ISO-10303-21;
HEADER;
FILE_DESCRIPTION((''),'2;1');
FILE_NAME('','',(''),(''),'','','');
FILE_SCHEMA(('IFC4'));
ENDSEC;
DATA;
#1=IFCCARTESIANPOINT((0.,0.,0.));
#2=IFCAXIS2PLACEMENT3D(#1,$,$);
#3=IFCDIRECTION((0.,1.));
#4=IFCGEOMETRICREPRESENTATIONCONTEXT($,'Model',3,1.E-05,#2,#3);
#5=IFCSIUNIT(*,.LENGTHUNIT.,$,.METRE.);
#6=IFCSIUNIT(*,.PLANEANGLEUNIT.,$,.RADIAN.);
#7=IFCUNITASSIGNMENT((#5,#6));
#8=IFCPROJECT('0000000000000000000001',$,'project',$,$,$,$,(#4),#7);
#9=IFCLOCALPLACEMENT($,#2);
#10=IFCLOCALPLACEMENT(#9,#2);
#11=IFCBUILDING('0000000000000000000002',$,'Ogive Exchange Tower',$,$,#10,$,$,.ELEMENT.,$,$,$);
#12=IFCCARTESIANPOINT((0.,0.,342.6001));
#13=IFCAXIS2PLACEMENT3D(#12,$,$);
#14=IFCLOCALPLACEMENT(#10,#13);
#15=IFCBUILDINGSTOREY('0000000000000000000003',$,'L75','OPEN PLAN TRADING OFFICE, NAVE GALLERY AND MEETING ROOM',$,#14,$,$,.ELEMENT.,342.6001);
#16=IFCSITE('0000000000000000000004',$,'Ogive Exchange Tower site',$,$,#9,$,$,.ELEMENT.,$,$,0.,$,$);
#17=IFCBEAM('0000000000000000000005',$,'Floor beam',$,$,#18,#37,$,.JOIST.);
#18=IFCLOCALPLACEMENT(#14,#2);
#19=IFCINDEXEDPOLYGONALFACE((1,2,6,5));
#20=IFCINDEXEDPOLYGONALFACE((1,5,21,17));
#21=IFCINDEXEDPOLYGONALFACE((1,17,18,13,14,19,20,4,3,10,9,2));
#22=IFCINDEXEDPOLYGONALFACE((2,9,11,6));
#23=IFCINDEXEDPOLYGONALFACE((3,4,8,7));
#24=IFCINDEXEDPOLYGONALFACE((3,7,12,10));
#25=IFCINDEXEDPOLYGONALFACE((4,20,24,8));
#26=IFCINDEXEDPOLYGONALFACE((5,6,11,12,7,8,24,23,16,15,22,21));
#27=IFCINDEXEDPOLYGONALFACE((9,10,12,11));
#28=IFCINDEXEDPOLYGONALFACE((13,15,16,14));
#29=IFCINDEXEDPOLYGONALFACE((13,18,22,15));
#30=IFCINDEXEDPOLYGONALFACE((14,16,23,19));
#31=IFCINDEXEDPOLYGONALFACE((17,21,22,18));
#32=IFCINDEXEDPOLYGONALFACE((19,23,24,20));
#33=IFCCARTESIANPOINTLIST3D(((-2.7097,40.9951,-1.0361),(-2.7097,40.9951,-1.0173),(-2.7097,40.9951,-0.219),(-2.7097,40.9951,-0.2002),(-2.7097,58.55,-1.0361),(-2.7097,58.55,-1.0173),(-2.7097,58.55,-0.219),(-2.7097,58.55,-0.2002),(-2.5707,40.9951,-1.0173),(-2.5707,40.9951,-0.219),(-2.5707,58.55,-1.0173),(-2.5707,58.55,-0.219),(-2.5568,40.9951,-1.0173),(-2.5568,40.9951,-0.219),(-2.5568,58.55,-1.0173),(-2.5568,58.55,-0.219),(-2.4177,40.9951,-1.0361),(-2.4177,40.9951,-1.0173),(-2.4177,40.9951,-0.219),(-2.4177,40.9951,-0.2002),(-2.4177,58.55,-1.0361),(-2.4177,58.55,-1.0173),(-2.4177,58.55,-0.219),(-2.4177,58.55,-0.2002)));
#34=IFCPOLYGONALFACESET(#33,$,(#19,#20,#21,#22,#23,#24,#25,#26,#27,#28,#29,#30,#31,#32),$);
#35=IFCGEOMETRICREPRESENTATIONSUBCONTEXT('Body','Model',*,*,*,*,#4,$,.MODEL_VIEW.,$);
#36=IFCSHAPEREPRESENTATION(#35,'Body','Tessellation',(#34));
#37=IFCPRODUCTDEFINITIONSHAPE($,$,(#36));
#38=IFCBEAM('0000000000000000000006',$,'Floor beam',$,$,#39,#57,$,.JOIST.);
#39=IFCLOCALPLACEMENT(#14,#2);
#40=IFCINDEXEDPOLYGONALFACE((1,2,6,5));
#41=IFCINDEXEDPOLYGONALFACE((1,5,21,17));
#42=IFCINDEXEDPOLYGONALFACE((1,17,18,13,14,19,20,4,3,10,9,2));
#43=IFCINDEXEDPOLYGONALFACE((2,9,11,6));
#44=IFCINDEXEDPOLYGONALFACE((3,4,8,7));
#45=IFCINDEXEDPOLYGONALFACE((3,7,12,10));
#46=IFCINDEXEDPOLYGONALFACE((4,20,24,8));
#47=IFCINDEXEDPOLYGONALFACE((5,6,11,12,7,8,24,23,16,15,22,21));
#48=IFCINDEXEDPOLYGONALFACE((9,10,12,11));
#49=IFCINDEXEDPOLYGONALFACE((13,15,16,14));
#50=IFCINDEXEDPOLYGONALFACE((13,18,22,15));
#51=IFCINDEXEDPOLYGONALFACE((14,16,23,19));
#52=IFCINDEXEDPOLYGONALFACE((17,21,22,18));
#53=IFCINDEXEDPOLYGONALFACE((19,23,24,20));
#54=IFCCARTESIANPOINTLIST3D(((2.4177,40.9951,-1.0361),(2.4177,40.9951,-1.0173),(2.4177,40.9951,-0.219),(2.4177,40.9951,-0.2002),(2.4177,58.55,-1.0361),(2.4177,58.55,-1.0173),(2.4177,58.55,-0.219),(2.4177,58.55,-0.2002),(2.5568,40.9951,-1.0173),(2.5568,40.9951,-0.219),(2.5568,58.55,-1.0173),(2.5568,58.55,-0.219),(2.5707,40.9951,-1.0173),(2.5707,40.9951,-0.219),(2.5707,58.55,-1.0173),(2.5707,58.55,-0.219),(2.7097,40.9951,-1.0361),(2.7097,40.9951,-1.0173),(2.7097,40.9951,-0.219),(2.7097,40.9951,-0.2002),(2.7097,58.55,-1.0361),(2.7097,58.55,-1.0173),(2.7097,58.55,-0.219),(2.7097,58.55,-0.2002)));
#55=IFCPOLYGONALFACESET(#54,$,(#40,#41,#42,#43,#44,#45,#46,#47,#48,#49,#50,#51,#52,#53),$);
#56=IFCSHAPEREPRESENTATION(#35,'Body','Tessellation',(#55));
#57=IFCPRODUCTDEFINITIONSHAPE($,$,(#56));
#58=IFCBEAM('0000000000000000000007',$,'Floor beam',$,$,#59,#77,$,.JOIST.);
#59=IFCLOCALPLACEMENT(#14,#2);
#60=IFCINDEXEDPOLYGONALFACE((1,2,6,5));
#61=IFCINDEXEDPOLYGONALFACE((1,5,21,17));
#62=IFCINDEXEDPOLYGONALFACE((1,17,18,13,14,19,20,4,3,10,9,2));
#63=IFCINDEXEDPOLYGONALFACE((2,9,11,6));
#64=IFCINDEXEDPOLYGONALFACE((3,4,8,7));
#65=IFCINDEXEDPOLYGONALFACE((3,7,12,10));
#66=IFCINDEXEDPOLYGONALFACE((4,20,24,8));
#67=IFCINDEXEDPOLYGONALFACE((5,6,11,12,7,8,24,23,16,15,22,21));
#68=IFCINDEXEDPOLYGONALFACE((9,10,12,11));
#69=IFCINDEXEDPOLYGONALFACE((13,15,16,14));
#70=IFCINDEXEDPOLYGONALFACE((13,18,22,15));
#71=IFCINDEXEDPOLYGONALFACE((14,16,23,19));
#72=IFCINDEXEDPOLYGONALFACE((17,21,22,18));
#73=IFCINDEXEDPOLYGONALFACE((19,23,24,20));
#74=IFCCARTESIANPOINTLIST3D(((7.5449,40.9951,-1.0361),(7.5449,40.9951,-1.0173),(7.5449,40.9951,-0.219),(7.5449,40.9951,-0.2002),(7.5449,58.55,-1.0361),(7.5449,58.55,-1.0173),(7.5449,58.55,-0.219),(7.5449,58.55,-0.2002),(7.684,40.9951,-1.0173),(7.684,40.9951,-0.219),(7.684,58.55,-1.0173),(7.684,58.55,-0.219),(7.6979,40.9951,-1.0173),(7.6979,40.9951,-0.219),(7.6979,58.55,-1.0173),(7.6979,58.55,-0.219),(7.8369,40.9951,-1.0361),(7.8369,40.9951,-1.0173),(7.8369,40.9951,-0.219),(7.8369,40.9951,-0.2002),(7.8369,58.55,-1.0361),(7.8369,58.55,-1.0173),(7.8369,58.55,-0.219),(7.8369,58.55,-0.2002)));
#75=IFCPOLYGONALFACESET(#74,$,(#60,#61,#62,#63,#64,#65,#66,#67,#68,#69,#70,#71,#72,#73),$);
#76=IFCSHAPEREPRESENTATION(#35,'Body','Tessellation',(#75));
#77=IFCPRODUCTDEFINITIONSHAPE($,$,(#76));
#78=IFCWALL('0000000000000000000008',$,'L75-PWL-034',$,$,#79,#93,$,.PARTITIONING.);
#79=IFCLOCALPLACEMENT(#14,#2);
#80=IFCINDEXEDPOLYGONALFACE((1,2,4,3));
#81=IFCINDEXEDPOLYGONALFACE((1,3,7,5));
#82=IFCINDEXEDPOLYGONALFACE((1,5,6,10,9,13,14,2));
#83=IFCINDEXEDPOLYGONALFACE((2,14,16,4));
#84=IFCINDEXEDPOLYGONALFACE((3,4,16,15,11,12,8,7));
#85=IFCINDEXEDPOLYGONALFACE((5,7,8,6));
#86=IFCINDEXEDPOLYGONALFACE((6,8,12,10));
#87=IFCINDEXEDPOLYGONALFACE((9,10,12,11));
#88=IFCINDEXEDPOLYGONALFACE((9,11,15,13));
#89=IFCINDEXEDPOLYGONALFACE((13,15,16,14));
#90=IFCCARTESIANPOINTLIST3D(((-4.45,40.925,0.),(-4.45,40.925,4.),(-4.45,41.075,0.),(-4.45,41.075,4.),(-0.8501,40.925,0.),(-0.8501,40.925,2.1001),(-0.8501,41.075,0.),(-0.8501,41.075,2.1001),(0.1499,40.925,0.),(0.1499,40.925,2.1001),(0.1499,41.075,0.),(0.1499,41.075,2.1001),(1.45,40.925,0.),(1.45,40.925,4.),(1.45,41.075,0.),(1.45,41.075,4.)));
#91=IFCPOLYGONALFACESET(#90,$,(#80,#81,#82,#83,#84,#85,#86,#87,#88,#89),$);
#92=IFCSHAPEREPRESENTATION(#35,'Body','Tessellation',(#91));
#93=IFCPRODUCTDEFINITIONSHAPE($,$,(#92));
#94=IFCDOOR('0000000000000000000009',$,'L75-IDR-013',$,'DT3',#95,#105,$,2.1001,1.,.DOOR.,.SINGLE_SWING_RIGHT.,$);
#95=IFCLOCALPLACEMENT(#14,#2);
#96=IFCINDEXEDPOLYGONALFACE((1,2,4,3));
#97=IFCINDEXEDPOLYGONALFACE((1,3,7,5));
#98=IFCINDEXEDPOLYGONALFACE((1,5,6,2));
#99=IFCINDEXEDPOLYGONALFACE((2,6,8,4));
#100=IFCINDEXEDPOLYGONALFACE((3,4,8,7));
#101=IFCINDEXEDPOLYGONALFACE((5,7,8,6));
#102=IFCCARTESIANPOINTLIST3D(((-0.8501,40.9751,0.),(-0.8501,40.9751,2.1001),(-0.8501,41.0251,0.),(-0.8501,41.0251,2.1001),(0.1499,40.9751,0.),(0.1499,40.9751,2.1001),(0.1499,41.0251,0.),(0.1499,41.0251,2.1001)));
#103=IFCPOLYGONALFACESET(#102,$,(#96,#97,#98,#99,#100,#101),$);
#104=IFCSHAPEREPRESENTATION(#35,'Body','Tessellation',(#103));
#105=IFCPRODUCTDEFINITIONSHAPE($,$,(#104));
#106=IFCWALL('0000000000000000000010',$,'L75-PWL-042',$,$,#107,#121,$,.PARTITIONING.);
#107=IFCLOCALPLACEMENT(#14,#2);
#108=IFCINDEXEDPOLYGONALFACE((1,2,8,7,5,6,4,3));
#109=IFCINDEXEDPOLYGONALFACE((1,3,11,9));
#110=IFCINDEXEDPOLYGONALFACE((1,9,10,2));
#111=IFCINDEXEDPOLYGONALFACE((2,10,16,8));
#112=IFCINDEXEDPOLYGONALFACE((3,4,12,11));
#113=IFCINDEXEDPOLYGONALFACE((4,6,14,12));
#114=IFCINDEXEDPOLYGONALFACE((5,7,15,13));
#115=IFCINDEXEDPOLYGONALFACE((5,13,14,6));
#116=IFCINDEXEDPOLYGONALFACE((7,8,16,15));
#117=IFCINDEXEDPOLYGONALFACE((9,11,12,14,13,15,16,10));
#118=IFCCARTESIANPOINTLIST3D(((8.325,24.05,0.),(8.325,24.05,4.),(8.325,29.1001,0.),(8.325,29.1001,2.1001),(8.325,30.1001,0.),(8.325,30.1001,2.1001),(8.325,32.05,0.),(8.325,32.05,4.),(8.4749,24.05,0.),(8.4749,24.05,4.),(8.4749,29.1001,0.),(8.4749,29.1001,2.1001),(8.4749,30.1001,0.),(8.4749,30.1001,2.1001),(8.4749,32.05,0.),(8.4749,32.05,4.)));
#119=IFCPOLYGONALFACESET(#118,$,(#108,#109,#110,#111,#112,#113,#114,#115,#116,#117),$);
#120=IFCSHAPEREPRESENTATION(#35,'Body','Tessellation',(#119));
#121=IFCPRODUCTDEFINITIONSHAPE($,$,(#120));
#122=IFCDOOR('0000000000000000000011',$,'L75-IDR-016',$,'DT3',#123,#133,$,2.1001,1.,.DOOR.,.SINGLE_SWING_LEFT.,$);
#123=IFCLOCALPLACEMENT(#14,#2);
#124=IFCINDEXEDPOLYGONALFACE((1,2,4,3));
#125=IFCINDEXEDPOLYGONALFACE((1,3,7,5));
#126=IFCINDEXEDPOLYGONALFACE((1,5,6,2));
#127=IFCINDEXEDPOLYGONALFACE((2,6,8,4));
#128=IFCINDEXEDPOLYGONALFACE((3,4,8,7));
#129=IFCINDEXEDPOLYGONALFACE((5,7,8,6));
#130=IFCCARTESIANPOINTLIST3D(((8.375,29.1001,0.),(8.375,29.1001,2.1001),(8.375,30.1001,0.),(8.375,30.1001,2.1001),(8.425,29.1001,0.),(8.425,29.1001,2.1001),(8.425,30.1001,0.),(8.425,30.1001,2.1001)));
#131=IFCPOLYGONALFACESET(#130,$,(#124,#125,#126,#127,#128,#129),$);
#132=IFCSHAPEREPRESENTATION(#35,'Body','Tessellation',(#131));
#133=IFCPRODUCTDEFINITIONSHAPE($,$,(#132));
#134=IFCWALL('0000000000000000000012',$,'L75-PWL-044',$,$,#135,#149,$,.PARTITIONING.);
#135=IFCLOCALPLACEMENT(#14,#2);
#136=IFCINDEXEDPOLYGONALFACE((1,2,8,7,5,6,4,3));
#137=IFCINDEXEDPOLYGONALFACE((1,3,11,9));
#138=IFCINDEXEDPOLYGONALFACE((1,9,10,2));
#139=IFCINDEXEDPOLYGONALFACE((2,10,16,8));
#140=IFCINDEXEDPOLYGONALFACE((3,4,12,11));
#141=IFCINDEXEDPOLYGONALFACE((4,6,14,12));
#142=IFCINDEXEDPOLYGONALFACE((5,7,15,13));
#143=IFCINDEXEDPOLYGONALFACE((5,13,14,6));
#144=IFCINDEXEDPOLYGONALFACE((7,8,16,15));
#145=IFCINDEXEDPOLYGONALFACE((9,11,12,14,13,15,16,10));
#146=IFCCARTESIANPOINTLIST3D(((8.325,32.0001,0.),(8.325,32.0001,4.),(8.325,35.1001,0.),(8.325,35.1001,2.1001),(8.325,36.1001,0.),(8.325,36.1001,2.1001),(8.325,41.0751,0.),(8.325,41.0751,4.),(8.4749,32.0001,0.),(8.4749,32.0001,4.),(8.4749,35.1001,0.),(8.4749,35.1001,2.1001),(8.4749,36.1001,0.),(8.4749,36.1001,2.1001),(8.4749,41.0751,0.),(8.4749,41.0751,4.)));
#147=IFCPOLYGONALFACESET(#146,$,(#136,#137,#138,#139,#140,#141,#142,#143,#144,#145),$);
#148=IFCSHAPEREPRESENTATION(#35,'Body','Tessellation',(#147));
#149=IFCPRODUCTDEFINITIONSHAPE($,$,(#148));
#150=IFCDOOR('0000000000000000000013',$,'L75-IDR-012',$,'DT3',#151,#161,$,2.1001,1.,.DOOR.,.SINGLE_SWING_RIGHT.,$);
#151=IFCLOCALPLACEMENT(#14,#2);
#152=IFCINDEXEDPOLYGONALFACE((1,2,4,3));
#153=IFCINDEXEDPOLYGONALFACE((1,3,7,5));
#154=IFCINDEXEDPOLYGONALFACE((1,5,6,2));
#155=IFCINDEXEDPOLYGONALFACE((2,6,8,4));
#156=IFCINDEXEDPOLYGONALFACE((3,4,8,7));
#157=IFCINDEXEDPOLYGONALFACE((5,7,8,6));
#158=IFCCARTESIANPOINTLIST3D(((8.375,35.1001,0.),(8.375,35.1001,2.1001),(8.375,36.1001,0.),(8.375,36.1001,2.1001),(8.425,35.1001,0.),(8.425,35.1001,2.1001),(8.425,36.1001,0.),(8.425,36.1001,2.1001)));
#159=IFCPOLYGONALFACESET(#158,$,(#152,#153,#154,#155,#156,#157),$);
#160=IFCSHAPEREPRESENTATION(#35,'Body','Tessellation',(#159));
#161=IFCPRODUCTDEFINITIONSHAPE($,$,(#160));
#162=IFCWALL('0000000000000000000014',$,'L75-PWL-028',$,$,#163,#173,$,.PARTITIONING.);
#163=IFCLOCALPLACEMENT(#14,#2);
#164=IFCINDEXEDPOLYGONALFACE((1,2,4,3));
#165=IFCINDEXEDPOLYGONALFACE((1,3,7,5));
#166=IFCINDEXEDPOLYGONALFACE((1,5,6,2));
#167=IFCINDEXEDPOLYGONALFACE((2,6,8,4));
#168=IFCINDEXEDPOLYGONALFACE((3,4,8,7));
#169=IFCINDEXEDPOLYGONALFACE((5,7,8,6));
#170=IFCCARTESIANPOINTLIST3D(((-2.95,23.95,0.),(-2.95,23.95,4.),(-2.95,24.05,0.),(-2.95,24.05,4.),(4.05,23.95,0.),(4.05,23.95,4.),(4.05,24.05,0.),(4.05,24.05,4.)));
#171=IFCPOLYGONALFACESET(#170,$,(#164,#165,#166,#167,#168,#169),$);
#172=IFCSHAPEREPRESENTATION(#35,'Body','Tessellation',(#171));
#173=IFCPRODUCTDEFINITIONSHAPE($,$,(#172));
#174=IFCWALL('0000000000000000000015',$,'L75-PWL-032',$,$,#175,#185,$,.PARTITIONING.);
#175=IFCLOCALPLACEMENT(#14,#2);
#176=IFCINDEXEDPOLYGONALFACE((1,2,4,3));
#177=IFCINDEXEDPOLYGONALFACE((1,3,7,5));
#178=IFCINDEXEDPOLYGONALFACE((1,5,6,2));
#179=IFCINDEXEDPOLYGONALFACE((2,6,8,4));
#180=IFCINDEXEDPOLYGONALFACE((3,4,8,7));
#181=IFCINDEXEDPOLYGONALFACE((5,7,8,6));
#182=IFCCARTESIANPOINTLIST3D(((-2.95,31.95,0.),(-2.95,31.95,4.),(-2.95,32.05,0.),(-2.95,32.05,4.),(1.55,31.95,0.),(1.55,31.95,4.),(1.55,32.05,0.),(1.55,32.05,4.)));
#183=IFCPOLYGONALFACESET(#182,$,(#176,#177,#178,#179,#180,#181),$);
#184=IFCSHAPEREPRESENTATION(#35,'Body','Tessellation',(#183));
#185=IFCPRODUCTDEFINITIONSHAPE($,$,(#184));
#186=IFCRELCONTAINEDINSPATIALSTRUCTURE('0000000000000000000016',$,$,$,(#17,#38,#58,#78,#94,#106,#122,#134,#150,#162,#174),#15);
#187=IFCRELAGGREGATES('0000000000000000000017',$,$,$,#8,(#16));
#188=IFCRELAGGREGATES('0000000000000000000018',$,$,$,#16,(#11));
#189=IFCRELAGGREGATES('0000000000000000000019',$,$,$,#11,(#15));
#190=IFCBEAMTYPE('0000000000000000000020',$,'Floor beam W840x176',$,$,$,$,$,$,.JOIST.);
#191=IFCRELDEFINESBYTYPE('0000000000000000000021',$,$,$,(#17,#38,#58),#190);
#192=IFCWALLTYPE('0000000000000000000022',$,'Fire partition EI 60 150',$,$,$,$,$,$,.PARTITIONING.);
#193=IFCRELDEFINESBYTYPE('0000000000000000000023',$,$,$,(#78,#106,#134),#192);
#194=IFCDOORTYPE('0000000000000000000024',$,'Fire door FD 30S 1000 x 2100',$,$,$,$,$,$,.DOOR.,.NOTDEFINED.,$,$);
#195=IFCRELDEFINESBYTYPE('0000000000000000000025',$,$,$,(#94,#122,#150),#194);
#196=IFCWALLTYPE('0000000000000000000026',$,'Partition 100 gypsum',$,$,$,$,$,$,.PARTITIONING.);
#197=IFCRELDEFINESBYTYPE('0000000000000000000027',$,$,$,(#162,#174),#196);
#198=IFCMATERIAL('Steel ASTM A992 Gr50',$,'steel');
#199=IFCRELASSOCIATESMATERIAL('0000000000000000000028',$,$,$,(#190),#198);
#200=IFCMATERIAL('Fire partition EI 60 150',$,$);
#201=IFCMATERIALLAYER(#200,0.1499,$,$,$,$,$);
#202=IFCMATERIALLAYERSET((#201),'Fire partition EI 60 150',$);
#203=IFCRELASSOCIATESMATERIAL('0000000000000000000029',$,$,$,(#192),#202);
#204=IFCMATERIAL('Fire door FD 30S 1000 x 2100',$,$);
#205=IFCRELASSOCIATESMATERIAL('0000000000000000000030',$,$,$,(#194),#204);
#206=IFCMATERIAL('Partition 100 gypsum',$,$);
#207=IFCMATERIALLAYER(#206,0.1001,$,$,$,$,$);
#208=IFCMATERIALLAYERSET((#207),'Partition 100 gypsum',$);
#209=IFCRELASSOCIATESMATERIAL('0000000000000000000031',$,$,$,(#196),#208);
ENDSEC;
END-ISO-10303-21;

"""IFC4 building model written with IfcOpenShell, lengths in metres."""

from ifc_helpers import new_model, si_unit, direction, frame, frame_2d, origin, origin_2d, place, context, subcontext, project, spatial, rectangle, i_section, extrude, material, layer, layer_set, material_profile, profile_set, type_object, element, fill, save


model = new_model("IFC4")

# Units and contexts
model_context = context("Model", 3, precision=1e-05, world=origin(), true_north=direction((0.0, 1.0)))
body_context = subcontext(model_context, "Body", "Model", "MODEL_VIEW")
ifc_project = project(units=[si_unit("LENGTHUNIT", "METRE"), si_unit("PLANEANGLEUNIT", "RADIAN")], contexts=[model_context])

# Site, building, storey
site_placement = place(None, origin())
site = spatial("IfcSite", under=ifc_project, at=site_placement, Name="Ogive Exchange Tower site", CompositionType="ELEMENT", RefElevation=0.0)
building_placement = place(site_placement, origin())
building = spatial("IfcBuilding", under=site, at=building_placement, Name="Ogive Exchange Tower", CompositionType="ELEMENT")
storey_placement = place(building_placement, frame((0.0, 0.0, 342.6001)))
storey = spatial("IfcBuildingStorey", under=building, at=storey_placement, Name="L75", Description="OPEN PLAN TRADING OFFICE, NAVE GALLERY AND MEETING ROOM", CompositionType="ELEMENT", Elevation=342.6001)

# Beams
ifc_material_1 = material(Name="Steel ASTM A992 Gr50", Category="steel")
ifc_material_profile = material_profile(ifc_material_1, i_section(OverallWidth=0.292, OverallDepth=0.8359, WebThickness=0.0139, FlangeThickness=0.0188, at=origin_2d()), Name="W840x176")
ifc_profile_set = profile_set([ifc_material_profile], Name="Steel ASTM A992 Gr50")
beam_type = type_object("IfcBeamType", Name="Floor beam W840x176", PredefinedType="JOIST", material=ifc_profile_set)
for number, where, z_axis, x_axis, name in (
    (1, (-2.5637, 40.9951, -0.6182), (0.0, 1.0, 0.0), (-1.0, 0.0, 0.0), "Floor beam"),
    (2, (2.5637, 40.9951, -0.6182), (0.0, 1.0, 0.0), (-1.0, 0.0, 0.0), "Floor beam"),
    (3, (7.6909, 40.9951, -0.6182), (0.0, 1.0, 0.0), (-1.0, 0.0, 0.0), "Floor beam"),
):
    element("IfcBeam", number, at=place(storey_placement, frame(where, z_axis=z_axis, x_axis=x_axis)), inside=storey, type_object=beam_type, Name=name, PredefinedType="JOIST", context=body_context, shape_type="SweptSolid", body=[
        extrude(i_section(OverallWidth=0.292, OverallDepth=0.8359, WebThickness=0.0139, FlangeThickness=0.0188, at=origin_2d()), origin(), (0.0, 0.0, 1.0), 17.5549),
    ])

# Walls, openings, doors
ifc_material_2 = material(Name="Fire partition EI 60 150")
ifc_layer_1 = layer(ifc_material_2, 0.1499)
ifc_layer_set_1 = layer_set([ifc_layer_1], Name="Fire partition EI 60 150")
wall_type_1 = type_object("IfcWallType", Name="Fire partition EI 60 150", PredefinedType="PARTITIONING", material=ifc_layer_set_1)
wall_1_placement = place(storey_placement, frame((1.45, 41.0, 0.0), z_axis=(0.0, 0.0, 1.0), x_axis=(-1.0, 0.0, 0.0)))
wall_1 = element("IfcWall", 4, at=wall_1_placement, inside=storey, type_object=wall_type_1, Name="L75-PWL-034", PredefinedType="PARTITIONING", context=body_context, shape_type="SweptSolid", body=[
    extrude(rectangle(XDim=5.8999, YDim=0.1499, at=frame_2d((2.95, 0.0))), origin(), (0.0, 0.0, 1.0), 4.0),
])
opening_1_placement = place(wall_1_placement, frame((1.3, 0.0, 0.0)))
opening_1 = element("IfcOpeningElement", 5, at=opening_1_placement, cuts=wall_1, PredefinedType="OPENING", context=body_context, shape_type="SweptSolid", body=[
    extrude(rectangle(XDim=1.0, YDim=2.1001, at=frame_2d((0.5, 1.05))), frame((0.0, 0.085, 0.0), z_axis=(0.0, -1.0, 0.0), x_axis=(1.0, 0.0, 0.0)), (0.0, 0.0, 1.0), 0.1699),
])
ifc_material_3 = material(Name="Fire door FD 30S 1000 x 2100")
door_type_1 = type_object("IfcDoorType", Name="Fire door FD 30S 1000 x 2100", OperationType="NOTDEFINED", PredefinedType="DOOR", material=ifc_material_3)
door_1_placement = place(opening_1_placement, origin())
door_1 = element("IfcDoor", 6, at=door_1_placement, inside=storey, type_object=door_type_1, Name="L75-IDR-013", ObjectType="DT3", OperationType="SINGLE_SWING_RIGHT", OverallHeight=2.1001, OverallWidth=1.0, PredefinedType="DOOR", context=body_context, shape_type="SweptSolid", body=[
    extrude(rectangle(XDim=1.0, YDim=2.1001, at=frame_2d((0.5, 1.05))), frame((0.0, 0.0249, 0.0), z_axis=(0.0, -1.0, 0.0), x_axis=(1.0, 0.0, 0.0)), (0.0, 0.0, 1.0), 0.05),
])
fill(opening_1, door_1)
wall_2_placement = place(storey_placement, frame((8.3999, 24.05, 0.0), z_axis=(0.0, 0.0, 1.0), x_axis=(0.0, 1.0, 0.0)))
wall_2 = element("IfcWall", 7, at=wall_2_placement, inside=storey, type_object=wall_type_1, Name="L75-PWL-042", PredefinedType="PARTITIONING", context=body_context, shape_type="SweptSolid", body=[
    extrude(rectangle(XDim=8.0, YDim=0.1499, at=frame_2d((4.0, 0.0))), origin(), (0.0, 0.0, 1.0), 4.0),
])
opening_2_placement = place(wall_2_placement, frame((5.05, 0.0, 0.0)))
opening_2 = element("IfcOpeningElement", 8, at=opening_2_placement, cuts=wall_2, PredefinedType="OPENING", context=body_context, shape_type="SweptSolid", body=[
    extrude(rectangle(XDim=1.0, YDim=2.1001, at=frame_2d((0.5, 1.05))), frame((0.0, 0.085, 0.0), z_axis=(0.0, -1.0, 0.0), x_axis=(1.0, 0.0, 0.0)), (0.0, 0.0, 1.0), 0.1699),
])
door_2_placement = place(opening_2_placement, origin())
door_2 = element("IfcDoor", 9, at=door_2_placement, inside=storey, type_object=door_type_1, Name="L75-IDR-016", ObjectType="DT3", OperationType="SINGLE_SWING_LEFT", OverallHeight=2.1001, OverallWidth=1.0, PredefinedType="DOOR", context=body_context, shape_type="SweptSolid", body=[
    extrude(rectangle(XDim=1.0, YDim=2.1001, at=frame_2d((0.5, 1.05))), frame((0.0, 0.0249, 0.0), z_axis=(0.0, -1.0, 0.0), x_axis=(1.0, 0.0, 0.0)), (0.0, 0.0, 1.0), 0.05),
])
fill(opening_2, door_2)
wall_3_placement = place(storey_placement, frame((8.3999, 32.0, 0.0), z_axis=(0.0, 0.0, 1.0), x_axis=(0.0, 1.0, 0.0)))
wall_3 = element("IfcWall", 10, at=wall_3_placement, inside=storey, type_object=wall_type_1, Name="L75-PWL-044", PredefinedType="PARTITIONING", context=body_context, shape_type="SweptSolid", body=[
    extrude(rectangle(XDim=9.075, YDim=0.1499, at=frame_2d((4.5376, 0.0))), origin(), (0.0, 0.0, 1.0), 4.0),
])
opening_3_placement = place(wall_3_placement, frame((3.1001, 0.0, 0.0)))
opening_3 = element("IfcOpeningElement", 11, at=opening_3_placement, cuts=wall_3, PredefinedType="OPENING", context=body_context, shape_type="SweptSolid", body=[
    extrude(rectangle(XDim=1.0, YDim=2.1001, at=frame_2d((0.5, 1.05))), frame((0.0, 0.085, 0.0), z_axis=(0.0, -1.0, 0.0), x_axis=(1.0, 0.0, 0.0)), (0.0, 0.0, 1.0), 0.1699),
])
door_3_placement = place(opening_3_placement, origin())
door_3 = element("IfcDoor", 12, at=door_3_placement, inside=storey, type_object=door_type_1, Name="L75-IDR-012", ObjectType="DT3", OperationType="SINGLE_SWING_RIGHT", OverallHeight=2.1001, OverallWidth=1.0, PredefinedType="DOOR", context=body_context, shape_type="SweptSolid", body=[
    extrude(rectangle(XDim=1.0, YDim=2.1001, at=frame_2d((0.5, 1.05))), frame((0.0, 0.0249, 0.0), z_axis=(0.0, -1.0, 0.0), x_axis=(1.0, 0.0, 0.0)), (0.0, 0.0, 1.0), 0.05),
])
fill(opening_3, door_3)

# Walls
ifc_material_4 = material(Name="Partition 100 gypsum")
ifc_layer_2 = layer(ifc_material_4, 0.1001)
ifc_layer_set_2 = layer_set([ifc_layer_2], Name="Partition 100 gypsum")
wall_type_2 = type_object("IfcWallType", Name="Partition 100 gypsum", PredefinedType="PARTITIONING", material=ifc_layer_set_2)
wall_4_placement = place(storey_placement, frame((-2.95, 24.0, 0.0), z_axis=(0.0, 0.0, 1.0), x_axis=(1.0, 0.0, 0.0)))
element("IfcWall", 13, at=wall_4_placement, inside=storey, type_object=wall_type_2, Name="L75-PWL-028", PredefinedType="PARTITIONING", context=body_context, shape_type="SweptSolid", body=[
    extrude(rectangle(XDim=7.0, YDim=0.1001, at=frame_2d((3.5, 0.0))), origin(), (0.0, 0.0, 1.0), 4.0),
])
wall_5_placement = place(storey_placement, frame((1.55, 32.0, 0.0), z_axis=(0.0, 0.0, 1.0), x_axis=(-1.0, 0.0, 0.0)))
element("IfcWall", 14, at=wall_5_placement, inside=storey, type_object=wall_type_2, Name="L75-PWL-032", PredefinedType="PARTITIONING", context=body_context, shape_type="SweptSolid", body=[
    extrude(rectangle(XDim=4.5, YDim=0.1001, at=frame_2d((2.25, 0.0))), origin(), (0.0, 0.0, 1.0), 4.0),
])

save(model, "model.ifc")
